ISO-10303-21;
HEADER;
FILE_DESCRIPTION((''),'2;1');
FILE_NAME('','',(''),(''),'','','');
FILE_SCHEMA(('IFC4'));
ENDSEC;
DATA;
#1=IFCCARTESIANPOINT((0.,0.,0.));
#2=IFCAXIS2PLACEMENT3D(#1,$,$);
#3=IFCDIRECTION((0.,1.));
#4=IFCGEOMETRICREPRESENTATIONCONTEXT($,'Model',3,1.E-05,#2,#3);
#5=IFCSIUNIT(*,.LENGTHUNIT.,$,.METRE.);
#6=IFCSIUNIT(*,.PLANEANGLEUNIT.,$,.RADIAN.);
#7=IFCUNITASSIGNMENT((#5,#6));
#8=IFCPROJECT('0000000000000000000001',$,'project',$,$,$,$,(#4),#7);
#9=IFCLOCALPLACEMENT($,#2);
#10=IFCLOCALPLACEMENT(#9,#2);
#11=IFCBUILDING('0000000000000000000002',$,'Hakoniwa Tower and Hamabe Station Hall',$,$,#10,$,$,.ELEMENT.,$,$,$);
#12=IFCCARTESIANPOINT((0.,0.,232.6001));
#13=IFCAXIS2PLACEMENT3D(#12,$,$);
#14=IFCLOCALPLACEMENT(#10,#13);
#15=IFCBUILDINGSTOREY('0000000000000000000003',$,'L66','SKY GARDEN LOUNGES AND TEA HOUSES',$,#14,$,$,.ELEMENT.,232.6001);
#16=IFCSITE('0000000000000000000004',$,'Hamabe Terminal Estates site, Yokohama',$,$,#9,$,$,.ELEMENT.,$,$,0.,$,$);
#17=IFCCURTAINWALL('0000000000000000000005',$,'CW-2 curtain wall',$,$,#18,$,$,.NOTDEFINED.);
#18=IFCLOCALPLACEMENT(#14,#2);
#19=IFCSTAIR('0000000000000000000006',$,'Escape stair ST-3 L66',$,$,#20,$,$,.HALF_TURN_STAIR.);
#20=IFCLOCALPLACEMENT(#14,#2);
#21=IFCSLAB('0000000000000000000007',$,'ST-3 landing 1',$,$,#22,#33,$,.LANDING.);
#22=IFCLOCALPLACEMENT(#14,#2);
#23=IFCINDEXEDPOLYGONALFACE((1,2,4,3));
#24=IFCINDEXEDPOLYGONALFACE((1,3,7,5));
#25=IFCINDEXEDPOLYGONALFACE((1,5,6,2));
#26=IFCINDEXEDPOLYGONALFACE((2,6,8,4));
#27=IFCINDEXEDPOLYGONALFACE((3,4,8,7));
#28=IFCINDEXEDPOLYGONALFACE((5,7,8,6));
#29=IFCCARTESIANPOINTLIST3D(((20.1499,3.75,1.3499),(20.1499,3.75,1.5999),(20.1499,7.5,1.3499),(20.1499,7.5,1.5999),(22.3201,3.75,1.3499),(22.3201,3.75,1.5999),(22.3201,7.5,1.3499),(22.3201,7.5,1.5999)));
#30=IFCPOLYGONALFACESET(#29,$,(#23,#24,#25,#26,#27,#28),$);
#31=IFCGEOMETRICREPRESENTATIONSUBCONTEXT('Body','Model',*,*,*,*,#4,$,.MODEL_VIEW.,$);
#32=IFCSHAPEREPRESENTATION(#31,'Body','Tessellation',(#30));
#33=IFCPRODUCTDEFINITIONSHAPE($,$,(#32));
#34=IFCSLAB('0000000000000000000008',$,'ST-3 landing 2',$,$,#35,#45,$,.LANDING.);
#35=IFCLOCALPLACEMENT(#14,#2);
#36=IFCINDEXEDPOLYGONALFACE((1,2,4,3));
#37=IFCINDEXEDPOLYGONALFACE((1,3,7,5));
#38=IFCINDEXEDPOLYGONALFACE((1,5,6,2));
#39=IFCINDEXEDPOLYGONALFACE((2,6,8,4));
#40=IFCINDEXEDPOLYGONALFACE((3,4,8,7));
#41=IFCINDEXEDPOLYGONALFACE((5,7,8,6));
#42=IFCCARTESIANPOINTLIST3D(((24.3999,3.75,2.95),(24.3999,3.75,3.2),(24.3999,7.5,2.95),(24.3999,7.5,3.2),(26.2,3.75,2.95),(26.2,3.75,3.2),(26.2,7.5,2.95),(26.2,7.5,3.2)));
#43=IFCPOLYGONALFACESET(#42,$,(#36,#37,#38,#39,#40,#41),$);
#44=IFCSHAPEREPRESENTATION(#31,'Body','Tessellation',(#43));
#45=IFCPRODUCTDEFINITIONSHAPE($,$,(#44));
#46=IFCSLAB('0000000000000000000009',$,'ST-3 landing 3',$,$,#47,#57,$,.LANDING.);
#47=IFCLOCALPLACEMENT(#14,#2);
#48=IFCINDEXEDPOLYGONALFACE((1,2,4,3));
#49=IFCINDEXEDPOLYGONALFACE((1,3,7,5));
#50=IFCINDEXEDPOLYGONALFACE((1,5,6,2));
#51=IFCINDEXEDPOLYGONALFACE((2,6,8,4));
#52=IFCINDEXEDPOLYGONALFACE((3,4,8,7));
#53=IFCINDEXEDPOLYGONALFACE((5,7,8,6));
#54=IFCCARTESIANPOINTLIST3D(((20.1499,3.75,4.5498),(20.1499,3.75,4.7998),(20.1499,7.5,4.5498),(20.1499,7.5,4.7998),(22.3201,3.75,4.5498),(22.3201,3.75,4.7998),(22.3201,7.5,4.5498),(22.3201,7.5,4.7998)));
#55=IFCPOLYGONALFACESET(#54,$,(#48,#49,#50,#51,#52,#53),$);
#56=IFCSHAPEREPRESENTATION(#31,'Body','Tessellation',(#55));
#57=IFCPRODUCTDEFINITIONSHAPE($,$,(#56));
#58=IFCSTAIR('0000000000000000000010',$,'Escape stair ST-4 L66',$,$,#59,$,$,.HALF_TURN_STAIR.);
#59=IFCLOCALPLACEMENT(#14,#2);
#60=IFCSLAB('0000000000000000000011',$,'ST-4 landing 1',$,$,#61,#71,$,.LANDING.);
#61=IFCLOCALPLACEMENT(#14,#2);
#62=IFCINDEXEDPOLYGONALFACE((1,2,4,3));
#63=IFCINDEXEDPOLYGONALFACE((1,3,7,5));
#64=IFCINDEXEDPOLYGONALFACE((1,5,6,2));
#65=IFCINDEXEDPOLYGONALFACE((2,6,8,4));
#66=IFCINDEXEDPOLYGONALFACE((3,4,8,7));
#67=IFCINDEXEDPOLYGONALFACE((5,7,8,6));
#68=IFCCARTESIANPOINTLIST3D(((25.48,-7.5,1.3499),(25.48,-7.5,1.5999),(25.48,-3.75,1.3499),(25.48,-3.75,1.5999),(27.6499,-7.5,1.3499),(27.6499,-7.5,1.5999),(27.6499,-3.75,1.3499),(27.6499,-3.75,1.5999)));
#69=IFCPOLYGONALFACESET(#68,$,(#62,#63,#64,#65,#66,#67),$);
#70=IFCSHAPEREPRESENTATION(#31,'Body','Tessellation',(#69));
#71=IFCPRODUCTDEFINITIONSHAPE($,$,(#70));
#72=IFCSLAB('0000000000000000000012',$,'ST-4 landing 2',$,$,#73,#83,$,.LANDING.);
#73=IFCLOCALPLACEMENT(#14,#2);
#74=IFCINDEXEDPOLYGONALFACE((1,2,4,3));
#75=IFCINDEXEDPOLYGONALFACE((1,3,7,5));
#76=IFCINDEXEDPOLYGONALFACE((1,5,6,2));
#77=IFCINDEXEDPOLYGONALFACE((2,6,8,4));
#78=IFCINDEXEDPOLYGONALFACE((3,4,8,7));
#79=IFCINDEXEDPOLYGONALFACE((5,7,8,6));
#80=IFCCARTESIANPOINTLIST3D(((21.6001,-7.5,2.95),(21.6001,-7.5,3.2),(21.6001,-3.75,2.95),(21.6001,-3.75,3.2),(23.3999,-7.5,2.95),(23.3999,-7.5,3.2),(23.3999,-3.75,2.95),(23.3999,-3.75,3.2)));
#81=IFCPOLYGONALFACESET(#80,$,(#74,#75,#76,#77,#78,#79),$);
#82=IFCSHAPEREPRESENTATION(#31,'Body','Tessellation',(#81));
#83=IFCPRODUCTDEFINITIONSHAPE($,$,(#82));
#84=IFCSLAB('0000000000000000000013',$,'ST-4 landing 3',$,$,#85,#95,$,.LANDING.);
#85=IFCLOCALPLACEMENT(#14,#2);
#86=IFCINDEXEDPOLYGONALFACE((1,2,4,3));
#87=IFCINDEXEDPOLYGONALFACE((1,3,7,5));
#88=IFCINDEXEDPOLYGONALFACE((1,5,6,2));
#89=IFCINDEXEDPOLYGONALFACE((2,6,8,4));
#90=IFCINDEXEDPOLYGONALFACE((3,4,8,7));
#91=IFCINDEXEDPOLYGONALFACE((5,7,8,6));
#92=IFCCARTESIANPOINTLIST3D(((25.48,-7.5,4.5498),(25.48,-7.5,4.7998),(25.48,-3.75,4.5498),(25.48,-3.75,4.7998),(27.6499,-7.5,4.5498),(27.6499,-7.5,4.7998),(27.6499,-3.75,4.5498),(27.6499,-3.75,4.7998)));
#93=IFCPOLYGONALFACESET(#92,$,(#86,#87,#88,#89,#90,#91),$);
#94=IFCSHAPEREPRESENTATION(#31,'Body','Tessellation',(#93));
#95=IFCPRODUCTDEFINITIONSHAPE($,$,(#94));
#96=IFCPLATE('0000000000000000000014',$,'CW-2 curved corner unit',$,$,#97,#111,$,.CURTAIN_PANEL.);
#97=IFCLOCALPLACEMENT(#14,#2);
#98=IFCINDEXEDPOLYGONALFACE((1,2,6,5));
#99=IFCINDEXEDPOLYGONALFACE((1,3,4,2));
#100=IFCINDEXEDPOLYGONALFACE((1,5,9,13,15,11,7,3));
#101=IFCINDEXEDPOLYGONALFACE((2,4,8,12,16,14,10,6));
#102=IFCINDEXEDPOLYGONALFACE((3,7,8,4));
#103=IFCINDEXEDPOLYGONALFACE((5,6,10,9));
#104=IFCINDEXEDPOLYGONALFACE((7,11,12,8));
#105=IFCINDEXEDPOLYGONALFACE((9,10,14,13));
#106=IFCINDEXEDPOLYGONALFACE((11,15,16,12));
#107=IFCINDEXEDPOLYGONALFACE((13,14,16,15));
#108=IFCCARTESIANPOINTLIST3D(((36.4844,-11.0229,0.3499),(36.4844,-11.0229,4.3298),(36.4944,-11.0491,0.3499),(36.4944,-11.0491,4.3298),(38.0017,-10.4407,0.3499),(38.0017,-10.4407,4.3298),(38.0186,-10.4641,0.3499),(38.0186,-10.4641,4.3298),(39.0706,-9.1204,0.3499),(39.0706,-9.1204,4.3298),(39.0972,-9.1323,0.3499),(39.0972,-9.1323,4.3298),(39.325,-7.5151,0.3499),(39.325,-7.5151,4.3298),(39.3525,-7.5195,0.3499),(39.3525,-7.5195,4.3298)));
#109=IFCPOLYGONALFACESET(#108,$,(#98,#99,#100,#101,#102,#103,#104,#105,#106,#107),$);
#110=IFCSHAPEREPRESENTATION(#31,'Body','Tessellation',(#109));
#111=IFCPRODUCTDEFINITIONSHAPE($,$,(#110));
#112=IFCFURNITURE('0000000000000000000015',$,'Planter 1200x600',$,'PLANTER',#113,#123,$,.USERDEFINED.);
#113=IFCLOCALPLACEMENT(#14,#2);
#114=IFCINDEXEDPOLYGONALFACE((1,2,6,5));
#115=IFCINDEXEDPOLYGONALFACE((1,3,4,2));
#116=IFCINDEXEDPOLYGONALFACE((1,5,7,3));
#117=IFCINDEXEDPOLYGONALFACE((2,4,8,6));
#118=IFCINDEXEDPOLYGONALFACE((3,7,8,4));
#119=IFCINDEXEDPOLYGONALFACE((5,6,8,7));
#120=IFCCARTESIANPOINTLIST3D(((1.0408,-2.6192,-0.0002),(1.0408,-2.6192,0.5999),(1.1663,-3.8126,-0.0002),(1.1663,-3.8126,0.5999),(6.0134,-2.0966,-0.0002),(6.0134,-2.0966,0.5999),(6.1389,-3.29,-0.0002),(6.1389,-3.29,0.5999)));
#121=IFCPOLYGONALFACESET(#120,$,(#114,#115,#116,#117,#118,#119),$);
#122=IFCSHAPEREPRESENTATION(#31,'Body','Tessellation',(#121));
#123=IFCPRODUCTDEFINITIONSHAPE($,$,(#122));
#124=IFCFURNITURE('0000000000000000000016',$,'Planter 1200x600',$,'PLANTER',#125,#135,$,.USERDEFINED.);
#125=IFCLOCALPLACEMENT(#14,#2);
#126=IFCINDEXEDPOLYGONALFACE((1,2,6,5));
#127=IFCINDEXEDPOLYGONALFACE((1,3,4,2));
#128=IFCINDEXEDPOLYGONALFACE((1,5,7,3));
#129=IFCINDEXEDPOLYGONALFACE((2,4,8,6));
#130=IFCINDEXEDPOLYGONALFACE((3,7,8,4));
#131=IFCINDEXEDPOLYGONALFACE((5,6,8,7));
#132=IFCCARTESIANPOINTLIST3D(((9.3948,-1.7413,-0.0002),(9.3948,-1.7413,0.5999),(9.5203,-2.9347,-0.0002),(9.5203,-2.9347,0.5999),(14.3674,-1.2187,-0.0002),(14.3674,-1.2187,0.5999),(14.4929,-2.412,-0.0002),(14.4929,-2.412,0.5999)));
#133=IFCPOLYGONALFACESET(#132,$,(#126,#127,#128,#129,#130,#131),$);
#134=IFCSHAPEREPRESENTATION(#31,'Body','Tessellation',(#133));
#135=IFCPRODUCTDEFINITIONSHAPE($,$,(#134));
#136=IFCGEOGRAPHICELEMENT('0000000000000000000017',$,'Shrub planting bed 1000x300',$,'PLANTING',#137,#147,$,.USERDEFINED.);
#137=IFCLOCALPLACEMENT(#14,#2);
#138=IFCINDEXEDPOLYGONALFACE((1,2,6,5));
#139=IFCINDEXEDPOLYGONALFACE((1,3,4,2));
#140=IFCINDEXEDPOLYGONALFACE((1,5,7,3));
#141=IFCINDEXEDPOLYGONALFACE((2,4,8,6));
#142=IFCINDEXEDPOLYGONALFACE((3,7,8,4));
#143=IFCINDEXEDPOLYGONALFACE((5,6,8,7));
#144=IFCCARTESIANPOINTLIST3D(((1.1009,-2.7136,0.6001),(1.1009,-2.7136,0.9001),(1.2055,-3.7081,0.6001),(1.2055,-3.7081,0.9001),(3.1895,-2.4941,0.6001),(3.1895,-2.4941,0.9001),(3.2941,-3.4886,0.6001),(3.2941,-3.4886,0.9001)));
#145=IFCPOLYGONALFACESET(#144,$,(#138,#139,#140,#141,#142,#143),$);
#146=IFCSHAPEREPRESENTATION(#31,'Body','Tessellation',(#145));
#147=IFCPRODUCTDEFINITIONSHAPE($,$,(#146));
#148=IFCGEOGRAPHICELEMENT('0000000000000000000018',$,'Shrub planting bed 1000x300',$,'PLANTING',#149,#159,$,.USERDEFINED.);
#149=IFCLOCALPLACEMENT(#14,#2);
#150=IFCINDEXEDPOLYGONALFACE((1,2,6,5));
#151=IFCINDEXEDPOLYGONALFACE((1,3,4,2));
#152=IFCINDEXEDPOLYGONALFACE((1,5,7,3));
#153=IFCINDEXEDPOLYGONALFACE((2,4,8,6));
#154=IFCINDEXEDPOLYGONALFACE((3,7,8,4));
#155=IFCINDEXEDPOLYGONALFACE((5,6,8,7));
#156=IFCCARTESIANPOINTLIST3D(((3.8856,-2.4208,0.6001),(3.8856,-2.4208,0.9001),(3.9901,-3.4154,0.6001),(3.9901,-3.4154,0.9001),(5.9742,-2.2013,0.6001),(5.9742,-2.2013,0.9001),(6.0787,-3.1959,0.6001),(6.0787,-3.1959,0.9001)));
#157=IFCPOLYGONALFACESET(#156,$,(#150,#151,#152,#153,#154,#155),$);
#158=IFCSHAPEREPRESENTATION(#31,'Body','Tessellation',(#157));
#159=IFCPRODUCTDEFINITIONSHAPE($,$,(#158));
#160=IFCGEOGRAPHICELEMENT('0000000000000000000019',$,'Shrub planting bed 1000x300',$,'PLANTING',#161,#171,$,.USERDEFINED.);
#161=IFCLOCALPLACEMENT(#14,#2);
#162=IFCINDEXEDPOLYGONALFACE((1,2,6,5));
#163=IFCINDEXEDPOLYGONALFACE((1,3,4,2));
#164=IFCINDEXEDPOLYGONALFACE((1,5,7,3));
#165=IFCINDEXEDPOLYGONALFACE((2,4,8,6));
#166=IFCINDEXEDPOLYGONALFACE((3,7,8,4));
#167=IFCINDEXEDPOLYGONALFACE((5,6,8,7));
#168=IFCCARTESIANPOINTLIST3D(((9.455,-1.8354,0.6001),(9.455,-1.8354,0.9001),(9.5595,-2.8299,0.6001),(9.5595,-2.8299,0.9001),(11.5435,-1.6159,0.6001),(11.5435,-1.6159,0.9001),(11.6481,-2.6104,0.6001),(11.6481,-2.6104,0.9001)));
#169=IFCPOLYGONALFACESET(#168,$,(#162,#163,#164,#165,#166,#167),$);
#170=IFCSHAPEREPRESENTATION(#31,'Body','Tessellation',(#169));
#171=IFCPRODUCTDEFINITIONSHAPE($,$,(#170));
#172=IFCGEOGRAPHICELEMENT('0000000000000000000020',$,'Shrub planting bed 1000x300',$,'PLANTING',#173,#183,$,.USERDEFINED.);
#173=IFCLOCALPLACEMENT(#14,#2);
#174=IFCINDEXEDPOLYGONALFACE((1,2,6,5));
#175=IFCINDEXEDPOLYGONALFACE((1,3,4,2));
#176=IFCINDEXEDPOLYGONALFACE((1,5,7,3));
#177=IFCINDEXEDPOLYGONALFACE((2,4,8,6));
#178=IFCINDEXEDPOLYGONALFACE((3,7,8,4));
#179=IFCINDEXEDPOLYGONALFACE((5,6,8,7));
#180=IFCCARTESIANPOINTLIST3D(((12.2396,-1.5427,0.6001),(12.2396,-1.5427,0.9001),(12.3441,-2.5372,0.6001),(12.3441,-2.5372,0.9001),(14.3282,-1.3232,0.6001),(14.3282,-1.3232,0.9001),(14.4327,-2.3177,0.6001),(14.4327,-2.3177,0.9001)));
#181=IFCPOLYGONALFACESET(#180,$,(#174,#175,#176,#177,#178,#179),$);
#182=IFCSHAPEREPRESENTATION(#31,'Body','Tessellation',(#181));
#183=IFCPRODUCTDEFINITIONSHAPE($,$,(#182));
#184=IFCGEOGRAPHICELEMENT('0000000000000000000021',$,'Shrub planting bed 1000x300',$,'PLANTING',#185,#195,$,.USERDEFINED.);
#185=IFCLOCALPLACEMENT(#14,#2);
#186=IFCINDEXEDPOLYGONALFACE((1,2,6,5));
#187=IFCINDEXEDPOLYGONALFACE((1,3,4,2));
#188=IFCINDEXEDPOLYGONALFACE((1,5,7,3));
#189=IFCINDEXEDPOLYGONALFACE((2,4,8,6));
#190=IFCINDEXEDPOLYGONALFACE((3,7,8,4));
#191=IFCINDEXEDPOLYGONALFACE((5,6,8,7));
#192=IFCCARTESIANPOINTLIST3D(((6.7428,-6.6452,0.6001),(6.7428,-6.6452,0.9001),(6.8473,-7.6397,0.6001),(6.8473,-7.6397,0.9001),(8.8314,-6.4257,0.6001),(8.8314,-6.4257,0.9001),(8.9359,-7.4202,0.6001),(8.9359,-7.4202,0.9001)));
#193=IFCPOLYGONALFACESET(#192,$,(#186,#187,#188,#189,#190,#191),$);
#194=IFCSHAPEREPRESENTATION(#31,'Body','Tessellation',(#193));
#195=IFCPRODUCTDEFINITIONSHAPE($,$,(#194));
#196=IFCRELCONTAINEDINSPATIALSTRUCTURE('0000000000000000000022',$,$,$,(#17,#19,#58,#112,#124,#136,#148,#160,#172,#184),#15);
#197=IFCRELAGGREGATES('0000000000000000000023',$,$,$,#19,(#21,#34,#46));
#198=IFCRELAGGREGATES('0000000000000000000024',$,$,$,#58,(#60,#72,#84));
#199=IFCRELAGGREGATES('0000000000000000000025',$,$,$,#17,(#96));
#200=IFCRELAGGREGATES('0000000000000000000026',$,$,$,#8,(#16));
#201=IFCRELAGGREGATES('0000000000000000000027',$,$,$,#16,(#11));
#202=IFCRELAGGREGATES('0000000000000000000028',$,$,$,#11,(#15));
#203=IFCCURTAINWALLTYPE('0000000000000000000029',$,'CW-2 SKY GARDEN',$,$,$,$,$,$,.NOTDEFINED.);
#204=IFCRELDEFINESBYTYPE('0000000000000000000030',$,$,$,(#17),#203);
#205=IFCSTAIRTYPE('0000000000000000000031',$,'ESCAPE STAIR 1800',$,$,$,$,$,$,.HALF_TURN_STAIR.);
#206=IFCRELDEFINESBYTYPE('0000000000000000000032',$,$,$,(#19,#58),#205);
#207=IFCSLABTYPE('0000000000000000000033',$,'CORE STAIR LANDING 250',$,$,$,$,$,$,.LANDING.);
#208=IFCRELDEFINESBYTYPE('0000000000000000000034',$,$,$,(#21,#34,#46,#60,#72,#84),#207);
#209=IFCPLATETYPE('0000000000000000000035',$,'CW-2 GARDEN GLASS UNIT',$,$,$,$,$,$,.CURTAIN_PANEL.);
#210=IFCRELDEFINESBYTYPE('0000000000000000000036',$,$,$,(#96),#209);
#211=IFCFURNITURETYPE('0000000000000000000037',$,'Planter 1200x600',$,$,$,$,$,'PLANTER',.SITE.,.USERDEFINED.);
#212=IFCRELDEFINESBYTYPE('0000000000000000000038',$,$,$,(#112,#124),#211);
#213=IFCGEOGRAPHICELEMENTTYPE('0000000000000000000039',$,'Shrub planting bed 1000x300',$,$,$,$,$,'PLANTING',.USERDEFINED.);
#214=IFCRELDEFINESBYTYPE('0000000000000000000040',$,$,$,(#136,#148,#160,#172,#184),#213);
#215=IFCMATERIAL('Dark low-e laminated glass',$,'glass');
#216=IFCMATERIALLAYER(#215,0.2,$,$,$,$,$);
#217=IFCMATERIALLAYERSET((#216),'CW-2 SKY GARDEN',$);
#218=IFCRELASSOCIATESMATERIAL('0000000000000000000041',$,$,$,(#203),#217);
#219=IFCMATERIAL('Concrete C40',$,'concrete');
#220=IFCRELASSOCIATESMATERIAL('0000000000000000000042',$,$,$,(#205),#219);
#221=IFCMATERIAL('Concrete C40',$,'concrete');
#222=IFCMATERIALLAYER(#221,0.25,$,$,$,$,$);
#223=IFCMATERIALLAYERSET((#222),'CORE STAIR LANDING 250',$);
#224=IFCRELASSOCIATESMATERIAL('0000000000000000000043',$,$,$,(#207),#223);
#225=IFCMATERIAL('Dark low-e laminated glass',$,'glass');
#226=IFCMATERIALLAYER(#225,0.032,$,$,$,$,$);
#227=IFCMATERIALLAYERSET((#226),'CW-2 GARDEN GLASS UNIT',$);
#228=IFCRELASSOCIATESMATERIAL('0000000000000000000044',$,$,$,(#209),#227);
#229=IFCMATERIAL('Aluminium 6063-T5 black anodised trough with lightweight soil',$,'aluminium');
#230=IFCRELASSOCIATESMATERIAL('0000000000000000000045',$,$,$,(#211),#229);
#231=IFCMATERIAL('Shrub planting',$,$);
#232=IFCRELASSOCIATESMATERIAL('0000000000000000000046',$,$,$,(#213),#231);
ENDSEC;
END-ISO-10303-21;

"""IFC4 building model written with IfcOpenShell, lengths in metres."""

from ifc_helpers import new_model, si_unit, direction, frame, origin, origin_2d, place, context, subcontext, project, spatial, polyline, rectangle, outline, extrude, material, layer, layer_set, type_object, element, aggregate, save


model = new_model("IFC4")

# Units and contexts
model_context = context("Model", 3, precision=1e-05, world=origin(), true_north=direction((0.0, 1.0)))
body_context = subcontext(model_context, "Body", "Model", "MODEL_VIEW")
ifc_project = project(units=[si_unit("LENGTHUNIT", "METRE"), si_unit("PLANEANGLEUNIT", "RADIAN")], contexts=[model_context])

# Site, building, storey
site_placement = place(None, origin())
site = spatial("IfcSite", under=ifc_project, at=site_placement, Name="Hamabe Terminal Estates site, Yokohama", CompositionType="ELEMENT", RefElevation=0.0)
building_placement = place(site_placement, origin())
building = spatial("IfcBuilding", under=site, at=building_placement, Name="Hakoniwa Tower and Hamabe Station Hall", CompositionType="ELEMENT")
storey_placement = place(building_placement, frame((0.0, 0.0, 232.6001)))
storey = spatial("IfcBuildingStorey", under=building, at=storey_placement, Name="L66", Description="SKY GARDEN LOUNGES AND TEA HOUSES", CompositionType="ELEMENT", Elevation=232.6001)

# Curtain wall
ifc_material_1 = material(Name="Dark low-e laminated glass", Category="glass")
ifc_layer_1 = layer(ifc_material_1, 0.2)
ifc_layer_set_1 = layer_set([ifc_layer_1], Name="CW-2 SKY GARDEN")
curtain_wall_type = type_object("IfcCurtainWallType", Name="CW-2 SKY GARDEN", PredefinedType="NOTDEFINED", material=ifc_layer_set_1)
curtain_wall_placement = place(storey_placement, origin())
curtain_wall = element("IfcCurtainWall", 1, at=curtain_wall_placement, inside=storey, type_object=curtain_wall_type, Name="CW-2 curtain wall", PredefinedType="NOTDEFINED")

# Stairs, slabs
ifc_material_2 = material(Name="Concrete C40", Category="concrete")
stair_type = type_object("IfcStairType", Name="ESCAPE STAIR 1800", PredefinedType="HALF_TURN_STAIR", material=ifc_material_2)
ifc_material_3 = material(Name="Concrete C40", Category="concrete")
ifc_layer_2 = layer(ifc_material_3, 0.25)
ifc_layer_set_2 = layer_set([ifc_layer_2], Name="CORE STAIR LANDING 250")
slab_type = type_object("IfcSlabType", Name="CORE STAIR LANDING 250", PredefinedType="LANDING", material=ifc_layer_set_2)
stair_1_placement = place(storey_placement, origin())
stair_1 = element("IfcStair", 2, at=stair_1_placement, inside=storey, type_object=stair_type, Name="Escape stair ST-3 L66", PredefinedType="HALF_TURN_STAIR")
slab_1_placement = place(storey_placement, frame((0.0, 0.0, 1.3499)))
slab_1 = element("IfcSlab", 3, at=slab_1_placement, type_object=slab_type, Name="ST-3 landing 1", PredefinedType="LANDING", context=body_context, shape_type="SweptSolid", body=[
    extrude(outline(polyline([(22.3201, 3.75), (20.1499, 3.75), (20.1499, 7.5), (22.3201, 7.5), (22.3201, 3.75)])), origin(), (0.0, 0.0, 1.0), 0.25),
])
slab_2_placement = place(storey_placement, frame((0.0, 0.0, 2.95)))
slab_2 = element("IfcSlab", 4, at=slab_2_placement, type_object=slab_type, Name="ST-3 landing 2", PredefinedType="LANDING", context=body_context, shape_type="SweptSolid", body=[
    extrude(outline(polyline([(26.2, 3.75), (24.3999, 3.75), (24.3999, 7.5), (26.2, 7.5), (26.2, 3.75)])), origin(), (0.0, 0.0, 1.0), 0.25),
])
slab_3_placement = place(storey_placement, frame((0.0, 0.0, 4.5498)))
slab_3 = element("IfcSlab", 5, at=slab_3_placement, type_object=slab_type, Name="ST-3 landing 3", PredefinedType="LANDING", context=body_context, shape_type="SweptSolid", body=[
    extrude(outline(polyline([(22.3201, 3.75), (20.1499, 3.75), (20.1499, 7.5), (22.3201, 7.5), (22.3201, 3.75)])), origin(), (0.0, 0.0, 1.0), 0.25),
])
aggregate(stair_1, [slab_1, slab_2, slab_3])
stair_2_placement = place(storey_placement, origin())
stair_2 = element("IfcStair", 6, at=stair_2_placement, inside=storey, type_object=stair_type, Name="Escape stair ST-4 L66", PredefinedType="HALF_TURN_STAIR")
slab_4_placement = place(storey_placement, frame((0.0, 0.0, 1.3499)))
slab_4 = element("IfcSlab", 7, at=slab_4_placement, type_object=slab_type, Name="ST-4 landing 1", PredefinedType="LANDING", context=body_context, shape_type="SweptSolid", body=[
    extrude(outline(polyline([(25.48, -7.5), (27.6499, -7.5), (27.6499, -3.75), (25.48, -3.75), (25.48, -7.5)])), origin(), (0.0, 0.0, 1.0), 0.25),
])
slab_5_placement = place(storey_placement, frame((0.0, 0.0, 2.95)))
slab_5 = element("IfcSlab", 8, at=slab_5_placement, type_object=slab_type, Name="ST-4 landing 2", PredefinedType="LANDING", context=body_context, shape_type="SweptSolid", body=[
    extrude(outline(polyline([(21.6001, -7.5), (23.3999, -7.5), (23.3999, -3.75), (21.6001, -3.75), (21.6001, -7.5)])), origin(), (0.0, 0.0, 1.0), 0.25),
])
slab_6_placement = place(storey_placement, frame((0.0, 0.0, 4.5498)))
slab_6 = element("IfcSlab", 9, at=slab_6_placement, type_object=slab_type, Name="ST-4 landing 3", PredefinedType="LANDING", context=body_context, shape_type="SweptSolid", body=[
    extrude(outline(polyline([(25.48, -7.5), (27.6499, -7.5), (27.6499, -3.75), (25.48, -3.75), (25.48, -7.5)])), origin(), (0.0, 0.0, 1.0), 0.25),
])
aggregate(stair_2, [slab_4, slab_5, slab_6])

# Plate
ifc_material_4 = material(Name="Dark low-e laminated glass", Category="glass")
ifc_layer_3 = layer(ifc_material_4, 0.032)
ifc_layer_set_3 = layer_set([ifc_layer_3], Name="CW-2 GARDEN GLASS UNIT")
plate_type = type_object("IfcPlateType", Name="CW-2 GARDEN GLASS UNIT", PredefinedType="CURTAIN_PANEL", material=ifc_layer_set_3)
plate_placement = place(storey_placement, frame((0.0, 0.0, 0.3499)))
plate = element("IfcPlate", 10, at=plate_placement, type_object=plate_type, Name="CW-2 curved corner unit", PredefinedType="CURTAIN_PANEL", context=body_context, shape_type="SweptSolid", body=[
    extrude(outline(polyline([(36.4944, -11.0491), (38.0186, -10.4641), (39.0972, -9.1323), (39.3525, -7.5195), (39.325, -7.5151), (39.0706, -9.1204), (38.0017, -10.4407), (36.4844, -11.0229), (36.4944, -11.0491)])), origin(), (0.0, 0.0, 1.0), 3.98),
])
aggregate(curtain_wall, [plate])

# Furniture
ifc_material_5 = material(Name="Aluminium 6063-T5 black anodised trough with lightweight soil", Category="aluminium")
furniture_type = type_object("IfcFurnitureType", Name="Planter 1200x600", ElementType="PLANTER", AssemblyPlace="SITE", PredefinedType="USERDEFINED", material=ifc_material_5)
for number, where, z_axis, x_axis, name in (
    (11, (3.5898, -2.9546, -0.0002), (0.0, 0.0, 1.0), (0.994522, 0.104528, 0.0), "Planter 1200x600"),
    (12, (11.9438, -2.0767, -0.0002), (0.0, 0.0, 1.0), (0.994522, 0.104528, 0.0), "Planter 1200x600"),
):
    element("IfcFurniture", number, at=place(storey_placement, frame(where, z_axis=z_axis, x_axis=x_axis)), inside=storey, type_object=furniture_type, Name=name, ObjectType="PLANTER", PredefinedType="USERDEFINED", context=body_context, shape_type="SweptSolid", body=[
        extrude(rectangle(XDim=5.0, YDim=1.2, at=origin_2d()), origin(), (0.0, 0.0, 1.0), 0.6001),
    ])

# Geographic elements
ifc_material_6 = material(Name="Shrub planting")
geographic_element_type = type_object("IfcGeographicElementType", Name="Shrub planting bed 1000x300", ElementType="PLANTING", PredefinedType="USERDEFINED", material=ifc_material_6)
for number, where, z_axis, x_axis, name in (
    (13, (2.1975, -3.1011, 0.6001), (0.0, 0.0, 1.0), (0.994522, 0.104528, 0.0), "Shrub planting bed 1000x300"),
    (14, (4.9822, -2.8083, 0.6001), (0.0, 0.0, 1.0), (0.994522, 0.104528, 0.0), "Shrub planting bed 1000x300"),
    (15, (10.5515, -2.2229, 0.6001), (0.0, 0.0, 1.0), (0.994522, 0.104528, 0.0), "Shrub planting bed 1000x300"),
    (16, (13.3362, -1.9302, 0.6001), (0.0, 0.0, 1.0), (0.994522, 0.104528, 0.0), "Shrub planting bed 1000x300"),
    (17, (7.8394, -7.0327, 0.6001), (0.0, 0.0, 1.0), (0.994522, 0.104528, 0.0), "Shrub planting bed 1000x300"),
):
    element("IfcGeographicElement", number, at=place(storey_placement, frame(where, z_axis=z_axis, x_axis=x_axis)), inside=storey, type_object=geographic_element_type, Name=name, ObjectType="PLANTING", PredefinedType="USERDEFINED", context=body_context, shape_type="SweptSolid", body=[
        extrude(rectangle(XDim=2.1001, YDim=1.0, at=origin_2d()), origin(), (0.0, 0.0, 1.0), 0.3),
    ])

save(model, "model.ifc")
